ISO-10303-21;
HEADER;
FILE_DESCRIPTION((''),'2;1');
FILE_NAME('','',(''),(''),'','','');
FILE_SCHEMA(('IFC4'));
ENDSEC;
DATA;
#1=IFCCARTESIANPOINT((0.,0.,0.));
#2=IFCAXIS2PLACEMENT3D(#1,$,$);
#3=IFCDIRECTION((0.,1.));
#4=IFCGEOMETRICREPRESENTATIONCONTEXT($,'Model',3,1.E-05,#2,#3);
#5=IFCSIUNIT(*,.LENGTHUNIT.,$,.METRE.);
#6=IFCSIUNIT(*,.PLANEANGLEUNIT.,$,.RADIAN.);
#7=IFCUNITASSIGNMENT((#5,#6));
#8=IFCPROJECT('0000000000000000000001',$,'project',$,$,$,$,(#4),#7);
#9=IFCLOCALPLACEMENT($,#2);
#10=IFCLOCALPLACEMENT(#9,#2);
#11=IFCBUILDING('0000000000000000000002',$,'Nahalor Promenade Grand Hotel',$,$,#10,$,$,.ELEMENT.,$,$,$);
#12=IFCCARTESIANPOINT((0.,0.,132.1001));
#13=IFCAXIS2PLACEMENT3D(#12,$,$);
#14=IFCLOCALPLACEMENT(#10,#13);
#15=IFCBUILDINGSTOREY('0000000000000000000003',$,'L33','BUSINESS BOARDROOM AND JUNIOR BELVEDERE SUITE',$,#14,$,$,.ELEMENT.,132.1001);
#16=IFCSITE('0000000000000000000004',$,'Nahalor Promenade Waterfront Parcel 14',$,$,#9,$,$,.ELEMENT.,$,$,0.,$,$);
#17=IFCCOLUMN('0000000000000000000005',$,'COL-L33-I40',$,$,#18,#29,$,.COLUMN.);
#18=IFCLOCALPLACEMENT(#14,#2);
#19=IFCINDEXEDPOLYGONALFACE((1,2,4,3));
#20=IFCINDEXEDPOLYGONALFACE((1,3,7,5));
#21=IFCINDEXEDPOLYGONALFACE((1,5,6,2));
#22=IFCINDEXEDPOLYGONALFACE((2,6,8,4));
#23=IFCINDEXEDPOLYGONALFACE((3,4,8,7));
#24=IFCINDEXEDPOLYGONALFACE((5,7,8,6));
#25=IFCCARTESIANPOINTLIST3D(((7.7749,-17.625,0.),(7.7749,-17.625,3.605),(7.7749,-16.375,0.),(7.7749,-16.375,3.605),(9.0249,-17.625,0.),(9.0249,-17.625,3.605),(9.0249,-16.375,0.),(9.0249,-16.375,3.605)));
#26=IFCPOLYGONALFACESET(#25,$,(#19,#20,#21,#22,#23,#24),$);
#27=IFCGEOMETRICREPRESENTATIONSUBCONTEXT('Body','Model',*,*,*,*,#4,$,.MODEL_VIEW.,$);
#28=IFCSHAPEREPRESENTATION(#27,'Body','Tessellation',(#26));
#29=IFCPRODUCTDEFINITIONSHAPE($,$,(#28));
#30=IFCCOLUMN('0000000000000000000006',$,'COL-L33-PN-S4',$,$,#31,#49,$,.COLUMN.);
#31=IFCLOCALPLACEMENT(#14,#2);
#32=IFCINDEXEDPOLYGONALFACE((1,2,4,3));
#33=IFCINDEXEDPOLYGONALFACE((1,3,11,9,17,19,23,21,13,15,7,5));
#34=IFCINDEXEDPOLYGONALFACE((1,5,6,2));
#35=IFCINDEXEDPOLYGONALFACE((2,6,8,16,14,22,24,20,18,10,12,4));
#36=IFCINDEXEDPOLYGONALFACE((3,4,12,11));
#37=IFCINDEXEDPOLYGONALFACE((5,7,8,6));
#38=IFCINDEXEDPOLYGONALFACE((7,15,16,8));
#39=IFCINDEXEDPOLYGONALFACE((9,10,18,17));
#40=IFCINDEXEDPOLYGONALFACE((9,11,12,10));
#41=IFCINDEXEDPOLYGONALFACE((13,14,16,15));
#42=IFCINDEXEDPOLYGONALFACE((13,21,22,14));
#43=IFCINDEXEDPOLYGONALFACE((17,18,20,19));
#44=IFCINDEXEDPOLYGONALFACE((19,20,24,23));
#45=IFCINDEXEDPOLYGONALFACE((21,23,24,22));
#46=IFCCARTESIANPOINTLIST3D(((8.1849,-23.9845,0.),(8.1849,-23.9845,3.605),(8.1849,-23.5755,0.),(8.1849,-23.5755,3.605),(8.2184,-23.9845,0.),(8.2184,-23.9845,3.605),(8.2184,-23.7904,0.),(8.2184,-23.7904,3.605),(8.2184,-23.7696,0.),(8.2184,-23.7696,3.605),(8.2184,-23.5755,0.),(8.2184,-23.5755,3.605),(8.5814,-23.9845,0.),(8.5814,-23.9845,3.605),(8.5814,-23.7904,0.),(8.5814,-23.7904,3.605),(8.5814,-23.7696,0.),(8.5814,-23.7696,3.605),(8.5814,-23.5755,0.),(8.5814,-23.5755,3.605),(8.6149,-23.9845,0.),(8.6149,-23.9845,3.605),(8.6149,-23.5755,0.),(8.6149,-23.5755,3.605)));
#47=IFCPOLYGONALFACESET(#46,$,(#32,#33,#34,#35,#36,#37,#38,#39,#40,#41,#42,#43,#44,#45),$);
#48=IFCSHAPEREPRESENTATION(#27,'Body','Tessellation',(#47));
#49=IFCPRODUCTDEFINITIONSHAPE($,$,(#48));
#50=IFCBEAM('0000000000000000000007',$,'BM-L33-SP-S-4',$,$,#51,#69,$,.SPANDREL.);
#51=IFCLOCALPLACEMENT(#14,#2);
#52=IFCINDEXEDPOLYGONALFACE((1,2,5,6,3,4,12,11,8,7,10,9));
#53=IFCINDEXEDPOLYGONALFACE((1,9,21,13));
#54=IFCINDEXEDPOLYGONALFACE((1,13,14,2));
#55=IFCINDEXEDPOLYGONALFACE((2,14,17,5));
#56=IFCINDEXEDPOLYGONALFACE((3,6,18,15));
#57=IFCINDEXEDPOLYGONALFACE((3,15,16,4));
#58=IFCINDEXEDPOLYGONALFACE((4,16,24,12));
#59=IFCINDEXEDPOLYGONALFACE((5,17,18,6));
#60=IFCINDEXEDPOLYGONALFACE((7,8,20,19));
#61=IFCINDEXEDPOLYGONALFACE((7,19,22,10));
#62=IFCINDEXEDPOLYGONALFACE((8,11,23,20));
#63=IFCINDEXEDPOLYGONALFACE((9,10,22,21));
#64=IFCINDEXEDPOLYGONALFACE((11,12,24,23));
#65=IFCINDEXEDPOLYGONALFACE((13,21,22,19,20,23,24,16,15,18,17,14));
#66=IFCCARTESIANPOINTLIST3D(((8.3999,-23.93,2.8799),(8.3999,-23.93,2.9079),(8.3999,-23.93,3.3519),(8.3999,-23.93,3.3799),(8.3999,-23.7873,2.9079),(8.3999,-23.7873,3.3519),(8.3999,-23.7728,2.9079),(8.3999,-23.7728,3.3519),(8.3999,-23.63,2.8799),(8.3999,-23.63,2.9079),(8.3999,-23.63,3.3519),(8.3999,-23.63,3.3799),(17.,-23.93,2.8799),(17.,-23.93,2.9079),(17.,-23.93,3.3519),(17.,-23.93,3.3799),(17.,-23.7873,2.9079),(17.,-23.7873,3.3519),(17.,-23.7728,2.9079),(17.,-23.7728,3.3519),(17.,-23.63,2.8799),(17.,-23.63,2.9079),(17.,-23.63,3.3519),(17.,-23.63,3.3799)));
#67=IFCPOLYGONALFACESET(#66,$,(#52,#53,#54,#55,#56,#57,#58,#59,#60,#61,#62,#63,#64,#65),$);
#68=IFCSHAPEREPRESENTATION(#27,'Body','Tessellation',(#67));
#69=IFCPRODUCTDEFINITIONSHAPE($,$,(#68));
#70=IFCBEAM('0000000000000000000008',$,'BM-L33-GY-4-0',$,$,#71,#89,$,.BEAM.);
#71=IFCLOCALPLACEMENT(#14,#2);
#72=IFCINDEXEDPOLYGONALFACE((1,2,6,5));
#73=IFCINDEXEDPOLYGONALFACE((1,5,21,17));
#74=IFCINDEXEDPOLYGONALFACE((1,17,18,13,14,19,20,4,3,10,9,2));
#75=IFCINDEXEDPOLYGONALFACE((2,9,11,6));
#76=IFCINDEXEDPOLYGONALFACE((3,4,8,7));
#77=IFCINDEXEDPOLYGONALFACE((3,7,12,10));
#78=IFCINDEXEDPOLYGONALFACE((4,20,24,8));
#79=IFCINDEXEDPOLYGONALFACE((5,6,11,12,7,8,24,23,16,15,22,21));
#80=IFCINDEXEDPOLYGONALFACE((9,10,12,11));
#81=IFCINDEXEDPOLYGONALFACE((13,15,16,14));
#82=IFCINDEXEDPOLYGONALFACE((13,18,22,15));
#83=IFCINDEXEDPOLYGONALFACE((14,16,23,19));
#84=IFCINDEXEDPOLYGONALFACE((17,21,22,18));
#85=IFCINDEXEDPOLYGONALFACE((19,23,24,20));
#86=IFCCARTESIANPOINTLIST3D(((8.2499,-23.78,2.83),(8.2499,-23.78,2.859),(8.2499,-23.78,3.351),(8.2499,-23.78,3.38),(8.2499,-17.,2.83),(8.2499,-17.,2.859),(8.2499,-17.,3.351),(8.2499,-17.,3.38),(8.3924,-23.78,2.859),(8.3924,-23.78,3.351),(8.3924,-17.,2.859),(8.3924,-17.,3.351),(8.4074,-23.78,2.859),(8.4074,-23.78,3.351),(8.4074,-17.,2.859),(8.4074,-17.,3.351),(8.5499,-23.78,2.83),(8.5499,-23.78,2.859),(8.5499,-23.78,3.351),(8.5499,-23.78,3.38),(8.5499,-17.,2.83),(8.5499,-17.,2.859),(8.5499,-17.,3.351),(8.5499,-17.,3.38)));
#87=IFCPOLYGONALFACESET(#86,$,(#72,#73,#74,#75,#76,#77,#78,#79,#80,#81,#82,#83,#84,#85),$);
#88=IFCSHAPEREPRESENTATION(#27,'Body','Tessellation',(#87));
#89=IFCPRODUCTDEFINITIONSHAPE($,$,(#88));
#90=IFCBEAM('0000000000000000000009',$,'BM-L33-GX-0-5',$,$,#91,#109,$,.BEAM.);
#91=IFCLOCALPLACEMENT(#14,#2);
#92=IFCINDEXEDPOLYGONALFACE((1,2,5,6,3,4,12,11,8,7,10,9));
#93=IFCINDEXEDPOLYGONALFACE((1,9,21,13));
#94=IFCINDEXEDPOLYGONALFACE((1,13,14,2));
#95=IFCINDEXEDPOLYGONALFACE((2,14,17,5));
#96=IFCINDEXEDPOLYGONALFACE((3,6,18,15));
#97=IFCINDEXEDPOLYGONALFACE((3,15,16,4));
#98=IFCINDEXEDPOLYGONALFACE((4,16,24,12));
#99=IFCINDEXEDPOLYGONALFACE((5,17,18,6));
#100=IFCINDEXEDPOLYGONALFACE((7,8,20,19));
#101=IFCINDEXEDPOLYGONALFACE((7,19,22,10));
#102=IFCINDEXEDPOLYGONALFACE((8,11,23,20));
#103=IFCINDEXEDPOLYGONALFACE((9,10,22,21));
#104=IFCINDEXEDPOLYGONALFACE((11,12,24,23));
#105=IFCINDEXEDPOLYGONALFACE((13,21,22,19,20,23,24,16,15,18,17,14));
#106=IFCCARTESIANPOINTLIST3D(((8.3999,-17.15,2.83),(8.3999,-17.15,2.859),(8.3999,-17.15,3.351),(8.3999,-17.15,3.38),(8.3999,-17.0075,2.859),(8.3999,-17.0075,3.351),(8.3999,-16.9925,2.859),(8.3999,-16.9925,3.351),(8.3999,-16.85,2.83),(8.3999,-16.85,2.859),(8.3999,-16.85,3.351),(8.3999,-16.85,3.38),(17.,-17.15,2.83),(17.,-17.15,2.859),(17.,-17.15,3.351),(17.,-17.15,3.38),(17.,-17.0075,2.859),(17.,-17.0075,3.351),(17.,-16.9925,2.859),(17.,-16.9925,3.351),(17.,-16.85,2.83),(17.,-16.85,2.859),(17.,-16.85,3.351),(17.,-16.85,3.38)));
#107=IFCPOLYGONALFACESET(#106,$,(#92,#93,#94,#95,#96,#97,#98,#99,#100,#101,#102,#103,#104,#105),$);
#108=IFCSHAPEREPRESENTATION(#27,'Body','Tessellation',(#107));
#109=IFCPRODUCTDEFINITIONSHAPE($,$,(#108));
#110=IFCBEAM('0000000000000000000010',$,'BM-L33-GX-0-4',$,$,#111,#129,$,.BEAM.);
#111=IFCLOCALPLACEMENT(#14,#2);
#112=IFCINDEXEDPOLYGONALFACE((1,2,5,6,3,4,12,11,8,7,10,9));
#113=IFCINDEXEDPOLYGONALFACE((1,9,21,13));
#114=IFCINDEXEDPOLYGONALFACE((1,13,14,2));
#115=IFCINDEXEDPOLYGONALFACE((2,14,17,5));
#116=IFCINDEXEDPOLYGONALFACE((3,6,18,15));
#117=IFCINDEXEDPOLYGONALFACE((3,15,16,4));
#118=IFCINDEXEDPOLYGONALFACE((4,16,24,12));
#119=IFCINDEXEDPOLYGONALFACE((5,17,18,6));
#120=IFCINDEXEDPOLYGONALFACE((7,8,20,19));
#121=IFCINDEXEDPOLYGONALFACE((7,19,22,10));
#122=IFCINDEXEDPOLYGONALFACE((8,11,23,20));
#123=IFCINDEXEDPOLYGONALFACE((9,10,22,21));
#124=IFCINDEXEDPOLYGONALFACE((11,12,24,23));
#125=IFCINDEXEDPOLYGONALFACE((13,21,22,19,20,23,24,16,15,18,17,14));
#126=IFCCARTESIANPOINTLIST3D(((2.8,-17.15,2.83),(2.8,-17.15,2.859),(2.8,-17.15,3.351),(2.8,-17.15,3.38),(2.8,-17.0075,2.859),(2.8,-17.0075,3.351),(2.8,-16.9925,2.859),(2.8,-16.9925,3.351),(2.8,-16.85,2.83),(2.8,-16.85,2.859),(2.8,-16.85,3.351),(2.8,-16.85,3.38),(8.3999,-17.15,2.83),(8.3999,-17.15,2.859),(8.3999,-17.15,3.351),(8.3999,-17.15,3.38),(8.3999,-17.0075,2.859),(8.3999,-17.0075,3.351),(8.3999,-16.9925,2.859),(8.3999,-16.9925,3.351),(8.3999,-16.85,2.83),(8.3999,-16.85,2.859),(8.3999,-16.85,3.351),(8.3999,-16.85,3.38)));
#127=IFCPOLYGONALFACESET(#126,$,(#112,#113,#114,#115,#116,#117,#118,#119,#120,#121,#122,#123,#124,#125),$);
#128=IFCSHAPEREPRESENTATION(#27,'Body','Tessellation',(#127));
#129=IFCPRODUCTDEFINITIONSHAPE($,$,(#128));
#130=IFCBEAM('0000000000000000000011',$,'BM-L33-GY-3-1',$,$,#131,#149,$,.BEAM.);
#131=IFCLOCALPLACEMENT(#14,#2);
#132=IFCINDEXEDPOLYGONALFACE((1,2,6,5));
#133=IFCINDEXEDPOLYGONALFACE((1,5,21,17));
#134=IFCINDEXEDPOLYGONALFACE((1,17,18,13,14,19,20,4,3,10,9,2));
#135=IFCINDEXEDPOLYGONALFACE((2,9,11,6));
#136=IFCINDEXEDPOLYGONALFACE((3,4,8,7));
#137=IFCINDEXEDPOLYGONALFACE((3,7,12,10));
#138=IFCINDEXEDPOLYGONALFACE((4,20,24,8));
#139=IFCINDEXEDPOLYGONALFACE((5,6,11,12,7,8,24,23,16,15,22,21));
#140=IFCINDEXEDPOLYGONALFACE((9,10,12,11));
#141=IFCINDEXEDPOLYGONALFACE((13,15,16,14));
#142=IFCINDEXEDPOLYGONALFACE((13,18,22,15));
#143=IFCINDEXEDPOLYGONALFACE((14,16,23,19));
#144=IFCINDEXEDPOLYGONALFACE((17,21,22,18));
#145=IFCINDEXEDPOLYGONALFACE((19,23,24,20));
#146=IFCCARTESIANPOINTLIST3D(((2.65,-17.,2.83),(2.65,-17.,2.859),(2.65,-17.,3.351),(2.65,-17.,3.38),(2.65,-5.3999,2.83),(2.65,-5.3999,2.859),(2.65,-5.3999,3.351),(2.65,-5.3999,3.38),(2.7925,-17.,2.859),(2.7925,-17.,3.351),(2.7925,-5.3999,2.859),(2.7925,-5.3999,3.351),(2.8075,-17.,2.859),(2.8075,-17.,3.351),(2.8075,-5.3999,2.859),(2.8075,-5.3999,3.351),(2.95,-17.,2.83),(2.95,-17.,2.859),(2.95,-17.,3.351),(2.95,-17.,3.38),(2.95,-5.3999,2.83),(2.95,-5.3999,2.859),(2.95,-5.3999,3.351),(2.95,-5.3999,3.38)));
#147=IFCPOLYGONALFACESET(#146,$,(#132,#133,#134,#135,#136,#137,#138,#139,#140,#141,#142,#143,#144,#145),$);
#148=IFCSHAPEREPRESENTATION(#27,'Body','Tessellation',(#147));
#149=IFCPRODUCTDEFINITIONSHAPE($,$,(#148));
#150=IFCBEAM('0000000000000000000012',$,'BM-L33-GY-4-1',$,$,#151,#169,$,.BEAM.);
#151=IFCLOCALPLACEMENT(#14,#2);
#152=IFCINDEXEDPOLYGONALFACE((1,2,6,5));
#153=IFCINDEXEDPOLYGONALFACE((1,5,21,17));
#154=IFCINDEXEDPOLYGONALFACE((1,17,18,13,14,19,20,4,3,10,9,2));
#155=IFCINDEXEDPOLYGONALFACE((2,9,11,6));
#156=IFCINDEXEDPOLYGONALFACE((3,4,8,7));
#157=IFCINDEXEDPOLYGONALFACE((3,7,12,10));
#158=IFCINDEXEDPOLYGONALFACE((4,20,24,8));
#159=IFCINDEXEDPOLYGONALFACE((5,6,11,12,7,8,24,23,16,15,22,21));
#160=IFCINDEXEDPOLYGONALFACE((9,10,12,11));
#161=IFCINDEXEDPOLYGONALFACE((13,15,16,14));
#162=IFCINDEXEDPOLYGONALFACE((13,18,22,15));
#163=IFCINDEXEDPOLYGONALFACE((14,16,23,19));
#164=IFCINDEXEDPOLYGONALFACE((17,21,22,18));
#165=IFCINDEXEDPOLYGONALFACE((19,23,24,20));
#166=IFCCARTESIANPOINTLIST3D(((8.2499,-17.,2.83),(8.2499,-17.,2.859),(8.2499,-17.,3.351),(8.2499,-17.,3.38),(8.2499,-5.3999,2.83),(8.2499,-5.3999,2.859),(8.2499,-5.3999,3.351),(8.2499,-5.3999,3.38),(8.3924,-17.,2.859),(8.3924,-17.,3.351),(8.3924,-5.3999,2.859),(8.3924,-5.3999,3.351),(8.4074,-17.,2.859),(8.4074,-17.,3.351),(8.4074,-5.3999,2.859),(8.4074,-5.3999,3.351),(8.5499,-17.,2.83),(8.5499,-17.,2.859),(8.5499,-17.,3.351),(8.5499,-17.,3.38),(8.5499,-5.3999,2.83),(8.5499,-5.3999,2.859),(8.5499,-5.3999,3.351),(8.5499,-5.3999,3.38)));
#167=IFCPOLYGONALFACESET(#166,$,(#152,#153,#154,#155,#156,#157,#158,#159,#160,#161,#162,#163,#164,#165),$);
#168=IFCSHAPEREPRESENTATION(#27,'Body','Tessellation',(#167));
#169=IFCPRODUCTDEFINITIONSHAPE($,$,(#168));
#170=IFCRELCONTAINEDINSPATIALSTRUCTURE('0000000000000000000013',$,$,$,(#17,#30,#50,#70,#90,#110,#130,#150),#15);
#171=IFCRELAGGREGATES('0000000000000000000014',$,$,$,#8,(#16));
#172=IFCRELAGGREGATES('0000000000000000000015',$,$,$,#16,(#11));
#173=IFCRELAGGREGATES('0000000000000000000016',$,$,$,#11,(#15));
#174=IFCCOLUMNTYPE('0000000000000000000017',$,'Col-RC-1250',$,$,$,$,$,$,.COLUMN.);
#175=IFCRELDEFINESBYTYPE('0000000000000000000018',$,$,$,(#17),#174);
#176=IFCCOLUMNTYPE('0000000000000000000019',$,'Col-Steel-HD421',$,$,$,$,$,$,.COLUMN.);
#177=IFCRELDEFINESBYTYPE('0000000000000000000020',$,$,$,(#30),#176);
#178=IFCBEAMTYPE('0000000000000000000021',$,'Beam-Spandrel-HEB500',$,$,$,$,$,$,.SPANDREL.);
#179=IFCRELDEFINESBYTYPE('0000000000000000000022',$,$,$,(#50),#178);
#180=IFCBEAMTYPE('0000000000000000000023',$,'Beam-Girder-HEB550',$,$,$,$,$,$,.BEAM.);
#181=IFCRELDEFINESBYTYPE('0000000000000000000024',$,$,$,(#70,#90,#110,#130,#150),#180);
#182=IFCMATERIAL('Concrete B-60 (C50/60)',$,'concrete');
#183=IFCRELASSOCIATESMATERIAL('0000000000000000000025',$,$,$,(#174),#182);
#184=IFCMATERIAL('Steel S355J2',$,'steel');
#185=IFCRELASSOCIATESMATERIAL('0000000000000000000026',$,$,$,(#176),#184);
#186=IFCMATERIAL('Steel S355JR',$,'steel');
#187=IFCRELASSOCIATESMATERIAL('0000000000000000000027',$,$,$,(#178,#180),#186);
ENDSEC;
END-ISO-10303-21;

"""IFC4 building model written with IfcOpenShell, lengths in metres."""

from ifc_helpers import new_model, si_unit, direction, frame, origin, origin_2d, place, context, subcontext, project, spatial, rectangle, i_section, extrude, source, transform, mapped, material, material_profile, profile_set, type_object, element, save


model = new_model("IFC4")

# Units and contexts
model_context = context("Model", 3, precision=1e-05, world=origin(), true_north=direction((0.0, 1.0)))
body_context = subcontext(model_context, "Body", "Model", "MODEL_VIEW")
ifc_project = project(units=[si_unit("LENGTHUNIT", "METRE"), si_unit("PLANEANGLEUNIT", "RADIAN")], contexts=[model_context])

# Site, building, storey
site_placement = place(None, origin())
site = spatial("IfcSite", under=ifc_project, at=site_placement, Name="Nahalor Promenade Waterfront Parcel 14", CompositionType="ELEMENT", RefElevation=0.0)
building_placement = place(site_placement, origin())
building = spatial("IfcBuilding", under=site, at=building_placement, Name="Nahalor Promenade Grand Hotel", CompositionType="ELEMENT")
storey_placement = place(building_placement, frame((0.0, 0.0, 132.1001)))
storey = spatial("IfcBuildingStorey", under=building, at=storey_placement, Name="L33", Description="BUSINESS BOARDROOM AND JUNIOR BELVEDERE SUITE", CompositionType="ELEMENT", Elevation=132.1001)

# Columns
ifc_material_1 = material(Name="Concrete B-60 (C50/60)", Category="concrete")
ifc_material_profile_1 = material_profile(ifc_material_1, rectangle(XDim=1.25, YDim=1.25, at=origin_2d()), Name="RC 1250x1250")
ifc_profile_set_1 = profile_set([ifc_material_profile_1], Name="Concrete B-60 (C50/60)")
column_type_1 = type_object("IfcColumnType", Name="Col-RC-1250", PredefinedType="COLUMN", material=ifc_profile_set_1)
shared_shape_1 = source(origin(), body_context, "Body", "SweptSolid", [
    extrude(rectangle(XDim=1.25, YDim=1.25, at=origin_2d()), origin(), (0.0, 0.0, 1.0), 3.605),
])
column_1_placement = place(storey_placement, frame((8.3999, -17.0, 0.0), z_axis=(0.0, 0.0, 1.0), x_axis=(1.0, 0.0, 0.0)))
element("IfcColumn", 1, at=column_1_placement, inside=storey, type_object=column_type_1, Name="COL-L33-I40", PredefinedType="COLUMN", context=body_context, shape_type="MappedRepresentation", body=[
    mapped(shared_shape_1, transform((0.0, 0.0, 0.0), scale=1.0)),
])
ifc_material_2 = material(Name="Steel S355J2", Category="steel")
ifc_material_profile_2 = material_profile(ifc_material_2, i_section(OverallWidth=0.409, OverallDepth=0.43, WebThickness=0.0208, FlangeThickness=0.0335, at=origin_2d()), Name="HD 400x421")
ifc_profile_set_2 = profile_set([ifc_material_profile_2], Name="Steel S355J2")
column_type_2 = type_object("IfcColumnType", Name="Col-Steel-HD421", PredefinedType="COLUMN", material=ifc_profile_set_2)
shared_shape_2 = source(origin(), body_context, "Body", "SweptSolid", [
    extrude(i_section(OverallWidth=0.409, OverallDepth=0.43, WebThickness=0.0208, FlangeThickness=0.0335, at=origin_2d()), origin(), (0.0, 0.0, 1.0), 3.605),
])
column_2_placement = place(storey_placement, frame((8.3999, -23.78, 0.0), z_axis=(0.0, 0.0, 1.0), x_axis=(0.0, 1.0, 0.0)))
element("IfcColumn", 2, at=column_2_placement, inside=storey, type_object=column_type_2, Name="COL-L33-PN-S4", PredefinedType="COLUMN", context=body_context, shape_type="MappedRepresentation", body=[
    mapped(shared_shape_2, transform((0.0, 0.0, 0.0), scale=1.0)),
])

# Beams
ifc_material_3 = material(Name="Steel S355JR", Category="steel")
ifc_material_profile_3 = material_profile(ifc_material_3, i_section(OverallWidth=0.3, OverallDepth=0.5, WebThickness=0.0145, FlangeThickness=0.028, at=origin_2d()), Name="HEB 500")
ifc_profile_set_3 = profile_set([ifc_material_profile_3], Name="Steel S355JR")
beam_type_1 = type_object("IfcBeamType", Name="Beam-Spandrel-HEB500", PredefinedType="SPANDREL", material=ifc_profile_set_3)
shared_shape_3 = source(origin(), body_context, "Body", "SweptSolid", [
    extrude(i_section(OverallWidth=0.3, OverallDepth=0.5, WebThickness=0.0145, FlangeThickness=0.028, at=origin_2d()), origin(), (0.0, 0.0, 1.0), 8.6001),
])
beam_1_placement = place(storey_placement, frame((8.3999, -23.78, 3.1299), z_axis=(1.0, 0.0, 0.0), x_axis=(0.0, 1.0, 0.0)))
element("IfcBeam", 3, at=beam_1_placement, inside=storey, type_object=beam_type_1, Name="BM-L33-SP-S-4", PredefinedType="SPANDREL", context=body_context, shape_type="MappedRepresentation", body=[
    mapped(shared_shape_3, transform((0.0, 0.0, 0.0), scale=1.0)),
])
ifc_material_profile_4 = material_profile(ifc_material_3, i_section(OverallWidth=0.3, OverallDepth=0.55, WebThickness=0.015, FlangeThickness=0.029, at=origin_2d()), Name="HEB 550")
ifc_profile_set_4 = profile_set([ifc_material_profile_4], Name="Steel S355JR")
beam_type_2 = type_object("IfcBeamType", Name="Beam-Girder-HEB550", PredefinedType="BEAM", material=ifc_profile_set_4)
shared_shape_4 = source(origin(), body_context, "Body", "SweptSolid", [
    extrude(i_section(OverallWidth=0.3, OverallDepth=0.55, WebThickness=0.015, FlangeThickness=0.029, at=origin_2d()), origin(), (0.0, 0.0, 1.0), 6.78),
])
beam_2_placement = place(storey_placement, frame((8.3999, -23.78, 3.105), z_axis=(0.0, 1.0, 0.0), x_axis=(-1.0, 0.0, 0.0)))
element("IfcBeam", 4, at=beam_2_placement, inside=storey, type_object=beam_type_2, Name="BM-L33-GY-4-0", PredefinedType="BEAM", context=body_context, shape_type="MappedRepresentation", body=[
    mapped(shared_shape_4, transform((0.0, 0.0, 0.0), scale=1.0)),
])
shared_shape_5 = source(origin(), body_context, "Body", "SweptSolid", [
    extrude(i_section(OverallWidth=0.3, OverallDepth=0.55, WebThickness=0.015, FlangeThickness=0.029, at=origin_2d()), origin(), (0.0, 0.0, 1.0), 8.6001),
])
beam_3_placement = place(storey_placement, frame((8.3999, -17.0, 3.105), z_axis=(1.0, 0.0, 0.0), x_axis=(0.0, 1.0, 0.0)))
element("IfcBeam", 5, at=beam_3_placement, inside=storey, type_object=beam_type_2, Name="BM-L33-GX-0-5", PredefinedType="BEAM", context=body_context, shape_type="MappedRepresentation", body=[
    mapped(shared_shape_5, transform((0.0, 0.0, 0.0), scale=1.0)),
])
shared_shape_6 = source(origin(), body_context, "Body", "SweptSolid", [
    extrude(i_section(OverallWidth=0.3, OverallDepth=0.55, WebThickness=0.015, FlangeThickness=0.029, at=origin_2d()), origin(), (0.0, 0.0, 1.0), 5.5999),
])
beam_4_placement = place(storey_placement, frame((2.8, -17.0, 3.105), z_axis=(1.0, 0.0, 0.0), x_axis=(0.0, 1.0, 0.0)))
element("IfcBeam", 6, at=beam_4_placement, inside=storey, type_object=beam_type_2, Name="BM-L33-GX-0-4", PredefinedType="BEAM", context=body_context, shape_type="MappedRepresentation", body=[
    mapped(shared_shape_6, transform((0.0, 0.0, 0.0), scale=1.0)),
])
shared_shape_7 = source(origin(), body_context, "Body", "SweptSolid", [
    extrude(i_section(OverallWidth=0.3, OverallDepth=0.55, WebThickness=0.015, FlangeThickness=0.029, at=origin_2d()), origin(), (0.0, 0.0, 1.0), 11.6001),
])
for number, where, z_axis, x_axis, name in (
    (7, (2.8, -17.0, 3.105), (0.0, 1.0, 0.0), (-1.0, 0.0, 0.0), "BM-L33-GY-3-1"),
    (8, (8.3999, -17.0, 3.105), (0.0, 1.0, 0.0), (-1.0, 0.0, 0.0), "BM-L33-GY-4-1"),
):
    element("IfcBeam", number, at=place(storey_placement, frame(where, z_axis=z_axis, x_axis=x_axis)), inside=storey, type_object=beam_type_2, Name=name, PredefinedType="BEAM", context=body_context, shape_type="MappedRepresentation", body=[
        mapped(shared_shape_7, transform((0.0, 0.0, 0.0), scale=1.0)),
    ])

save(model, "model.ifc")
